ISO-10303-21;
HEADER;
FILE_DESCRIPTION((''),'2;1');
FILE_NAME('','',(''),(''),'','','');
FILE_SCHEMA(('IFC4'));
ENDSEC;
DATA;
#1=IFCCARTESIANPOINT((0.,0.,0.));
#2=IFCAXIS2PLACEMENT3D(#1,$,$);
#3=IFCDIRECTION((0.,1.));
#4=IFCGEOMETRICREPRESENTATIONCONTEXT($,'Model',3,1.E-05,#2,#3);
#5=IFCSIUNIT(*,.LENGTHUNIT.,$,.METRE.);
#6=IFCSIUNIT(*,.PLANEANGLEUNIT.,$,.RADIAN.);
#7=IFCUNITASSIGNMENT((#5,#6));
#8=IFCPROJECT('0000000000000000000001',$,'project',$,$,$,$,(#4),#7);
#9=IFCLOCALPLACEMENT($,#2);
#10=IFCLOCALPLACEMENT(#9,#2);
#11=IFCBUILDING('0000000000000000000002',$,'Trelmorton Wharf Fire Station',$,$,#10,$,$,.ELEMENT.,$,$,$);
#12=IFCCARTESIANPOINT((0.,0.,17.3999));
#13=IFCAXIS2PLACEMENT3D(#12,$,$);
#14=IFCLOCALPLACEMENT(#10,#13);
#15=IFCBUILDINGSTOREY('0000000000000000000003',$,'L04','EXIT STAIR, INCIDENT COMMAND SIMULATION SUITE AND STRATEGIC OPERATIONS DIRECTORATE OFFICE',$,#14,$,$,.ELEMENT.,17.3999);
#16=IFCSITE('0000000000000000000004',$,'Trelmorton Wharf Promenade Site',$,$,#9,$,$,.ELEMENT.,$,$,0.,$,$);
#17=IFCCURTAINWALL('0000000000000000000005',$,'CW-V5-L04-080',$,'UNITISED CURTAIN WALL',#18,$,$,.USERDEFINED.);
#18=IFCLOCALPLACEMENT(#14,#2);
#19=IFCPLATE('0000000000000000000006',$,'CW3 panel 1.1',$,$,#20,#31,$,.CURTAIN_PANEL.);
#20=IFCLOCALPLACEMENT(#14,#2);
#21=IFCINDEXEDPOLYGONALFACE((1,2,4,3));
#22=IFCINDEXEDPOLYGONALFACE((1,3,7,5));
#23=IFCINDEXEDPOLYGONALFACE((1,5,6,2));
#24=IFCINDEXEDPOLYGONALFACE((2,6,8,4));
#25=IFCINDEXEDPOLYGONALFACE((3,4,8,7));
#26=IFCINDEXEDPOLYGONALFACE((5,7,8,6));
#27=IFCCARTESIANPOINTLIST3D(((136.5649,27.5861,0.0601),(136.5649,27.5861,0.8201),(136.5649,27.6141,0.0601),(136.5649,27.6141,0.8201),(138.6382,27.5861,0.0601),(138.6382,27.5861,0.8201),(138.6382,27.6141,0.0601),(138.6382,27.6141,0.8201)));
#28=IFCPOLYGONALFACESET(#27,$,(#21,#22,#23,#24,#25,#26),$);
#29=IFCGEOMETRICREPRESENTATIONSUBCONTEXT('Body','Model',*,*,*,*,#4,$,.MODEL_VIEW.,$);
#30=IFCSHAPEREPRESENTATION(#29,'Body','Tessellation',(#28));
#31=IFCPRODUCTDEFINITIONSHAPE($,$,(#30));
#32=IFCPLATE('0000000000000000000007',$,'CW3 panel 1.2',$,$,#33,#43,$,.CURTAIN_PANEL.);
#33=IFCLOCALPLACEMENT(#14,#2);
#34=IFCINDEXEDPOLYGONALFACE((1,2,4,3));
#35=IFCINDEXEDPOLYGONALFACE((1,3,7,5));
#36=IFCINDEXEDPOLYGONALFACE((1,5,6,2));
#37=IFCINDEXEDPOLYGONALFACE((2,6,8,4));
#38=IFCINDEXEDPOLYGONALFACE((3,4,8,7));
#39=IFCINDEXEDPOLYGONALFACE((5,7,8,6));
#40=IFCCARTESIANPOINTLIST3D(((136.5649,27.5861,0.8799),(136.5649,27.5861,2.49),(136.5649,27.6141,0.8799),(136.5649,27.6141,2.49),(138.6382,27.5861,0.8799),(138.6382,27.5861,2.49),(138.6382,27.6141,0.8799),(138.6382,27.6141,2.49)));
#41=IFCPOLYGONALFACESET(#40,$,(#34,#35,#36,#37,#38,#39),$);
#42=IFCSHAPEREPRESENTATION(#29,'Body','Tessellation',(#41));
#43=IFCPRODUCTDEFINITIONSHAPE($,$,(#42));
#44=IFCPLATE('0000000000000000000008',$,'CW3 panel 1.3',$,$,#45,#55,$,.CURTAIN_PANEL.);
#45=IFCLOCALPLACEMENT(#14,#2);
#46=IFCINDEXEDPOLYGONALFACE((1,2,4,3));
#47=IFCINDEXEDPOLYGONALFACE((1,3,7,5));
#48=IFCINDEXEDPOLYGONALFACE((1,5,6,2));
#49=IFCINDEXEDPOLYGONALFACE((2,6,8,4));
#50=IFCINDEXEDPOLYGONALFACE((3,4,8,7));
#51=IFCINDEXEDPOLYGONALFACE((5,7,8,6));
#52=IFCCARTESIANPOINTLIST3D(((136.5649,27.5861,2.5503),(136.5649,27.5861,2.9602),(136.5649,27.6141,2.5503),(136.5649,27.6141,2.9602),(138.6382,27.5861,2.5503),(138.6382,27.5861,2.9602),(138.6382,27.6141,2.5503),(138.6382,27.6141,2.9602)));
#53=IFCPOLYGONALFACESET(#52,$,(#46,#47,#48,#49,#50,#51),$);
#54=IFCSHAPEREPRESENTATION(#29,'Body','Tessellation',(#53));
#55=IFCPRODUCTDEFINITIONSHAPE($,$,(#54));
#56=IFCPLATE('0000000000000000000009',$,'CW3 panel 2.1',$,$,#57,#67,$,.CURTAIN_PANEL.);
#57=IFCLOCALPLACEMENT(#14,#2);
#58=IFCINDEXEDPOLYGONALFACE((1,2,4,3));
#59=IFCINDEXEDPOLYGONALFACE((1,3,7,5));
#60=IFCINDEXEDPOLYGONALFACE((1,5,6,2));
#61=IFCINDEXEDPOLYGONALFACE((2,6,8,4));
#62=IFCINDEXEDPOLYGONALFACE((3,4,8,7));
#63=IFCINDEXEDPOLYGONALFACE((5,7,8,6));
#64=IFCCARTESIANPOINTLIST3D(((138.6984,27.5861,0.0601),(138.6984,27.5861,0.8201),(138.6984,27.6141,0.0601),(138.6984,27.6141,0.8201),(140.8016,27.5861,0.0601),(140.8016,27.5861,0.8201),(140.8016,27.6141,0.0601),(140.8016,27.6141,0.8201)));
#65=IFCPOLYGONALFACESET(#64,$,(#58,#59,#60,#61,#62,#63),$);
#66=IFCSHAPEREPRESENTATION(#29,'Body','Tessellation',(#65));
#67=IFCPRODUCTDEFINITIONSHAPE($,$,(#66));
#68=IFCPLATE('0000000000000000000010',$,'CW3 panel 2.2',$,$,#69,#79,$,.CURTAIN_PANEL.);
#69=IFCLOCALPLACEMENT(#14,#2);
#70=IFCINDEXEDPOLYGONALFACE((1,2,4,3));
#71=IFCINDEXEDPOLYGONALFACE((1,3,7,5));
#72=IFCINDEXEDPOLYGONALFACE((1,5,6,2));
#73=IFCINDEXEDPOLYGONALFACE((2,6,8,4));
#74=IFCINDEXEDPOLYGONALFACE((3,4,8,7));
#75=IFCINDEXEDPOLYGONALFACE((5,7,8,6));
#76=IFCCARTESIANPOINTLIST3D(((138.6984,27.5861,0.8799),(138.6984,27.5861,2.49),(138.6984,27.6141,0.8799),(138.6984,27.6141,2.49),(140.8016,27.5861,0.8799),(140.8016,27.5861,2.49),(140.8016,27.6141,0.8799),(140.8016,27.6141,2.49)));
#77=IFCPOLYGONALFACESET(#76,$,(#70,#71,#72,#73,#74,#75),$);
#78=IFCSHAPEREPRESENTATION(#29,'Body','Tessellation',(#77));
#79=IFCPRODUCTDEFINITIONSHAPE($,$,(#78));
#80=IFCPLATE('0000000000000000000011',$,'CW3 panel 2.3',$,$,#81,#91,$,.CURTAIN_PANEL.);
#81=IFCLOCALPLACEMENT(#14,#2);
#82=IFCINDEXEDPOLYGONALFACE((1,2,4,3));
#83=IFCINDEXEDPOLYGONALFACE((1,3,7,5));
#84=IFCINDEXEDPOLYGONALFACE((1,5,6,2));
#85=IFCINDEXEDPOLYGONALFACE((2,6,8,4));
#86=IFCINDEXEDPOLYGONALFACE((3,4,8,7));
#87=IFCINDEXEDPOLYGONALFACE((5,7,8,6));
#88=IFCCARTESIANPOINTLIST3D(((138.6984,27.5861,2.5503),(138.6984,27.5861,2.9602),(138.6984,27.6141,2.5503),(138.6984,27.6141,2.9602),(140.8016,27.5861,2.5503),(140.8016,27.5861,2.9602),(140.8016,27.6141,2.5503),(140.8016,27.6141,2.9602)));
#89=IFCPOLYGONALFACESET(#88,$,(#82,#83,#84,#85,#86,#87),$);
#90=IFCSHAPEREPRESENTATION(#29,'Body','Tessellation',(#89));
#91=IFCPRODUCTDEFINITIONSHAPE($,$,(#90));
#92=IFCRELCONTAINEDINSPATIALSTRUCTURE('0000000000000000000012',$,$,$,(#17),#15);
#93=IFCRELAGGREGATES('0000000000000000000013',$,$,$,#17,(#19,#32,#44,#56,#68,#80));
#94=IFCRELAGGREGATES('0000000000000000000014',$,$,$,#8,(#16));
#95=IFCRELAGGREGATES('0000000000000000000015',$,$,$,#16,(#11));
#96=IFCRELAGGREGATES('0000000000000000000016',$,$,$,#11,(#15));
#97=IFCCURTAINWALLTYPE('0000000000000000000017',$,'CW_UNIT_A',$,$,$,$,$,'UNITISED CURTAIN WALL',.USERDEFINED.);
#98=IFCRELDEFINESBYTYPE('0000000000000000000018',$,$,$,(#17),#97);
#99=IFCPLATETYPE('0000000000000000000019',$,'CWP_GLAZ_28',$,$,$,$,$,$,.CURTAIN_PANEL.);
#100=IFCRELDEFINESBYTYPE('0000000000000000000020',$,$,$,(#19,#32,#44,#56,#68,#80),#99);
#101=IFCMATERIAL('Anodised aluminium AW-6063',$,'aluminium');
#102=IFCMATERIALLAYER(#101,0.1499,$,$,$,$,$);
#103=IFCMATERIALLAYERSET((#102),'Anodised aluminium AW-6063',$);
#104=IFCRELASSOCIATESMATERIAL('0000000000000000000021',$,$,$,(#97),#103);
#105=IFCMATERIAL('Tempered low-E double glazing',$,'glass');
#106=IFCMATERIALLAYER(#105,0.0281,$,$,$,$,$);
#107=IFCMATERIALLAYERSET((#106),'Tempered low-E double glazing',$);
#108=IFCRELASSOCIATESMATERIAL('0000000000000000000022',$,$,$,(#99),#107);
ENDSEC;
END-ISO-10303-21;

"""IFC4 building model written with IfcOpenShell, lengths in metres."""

from ifc_helpers import new_model, si_unit, direction, frame, origin, origin_2d, place, context, subcontext, project, spatial, rectangle, extrude, material, layer, layer_set, type_object, element, aggregate, save


model = new_model("IFC4")

# Units and contexts
model_context = context("Model", 3, precision=1e-05, world=origin(), true_north=direction((0.0, 1.0)))
body_context = subcontext(model_context, "Body", "Model", "MODEL_VIEW")
ifc_project = project(units=[si_unit("LENGTHUNIT", "METRE"), si_unit("PLANEANGLEUNIT", "RADIAN")], contexts=[model_context])

# Site, building, storey
site_placement = place(None, origin())
site = spatial("IfcSite", under=ifc_project, at=site_placement, Name="Trelmorton Wharf Promenade Site", CompositionType="ELEMENT", RefElevation=0.0)
building_placement = place(site_placement, origin())
building = spatial("IfcBuilding", under=site, at=building_placement, Name="Trelmorton Wharf Fire Station", CompositionType="ELEMENT")
storey_placement = place(building_placement, frame((0.0, 0.0, 17.3999)))
storey = spatial("IfcBuildingStorey", under=building, at=storey_placement, Name="L04", Description="EXIT STAIR, INCIDENT COMMAND SIMULATION SUITE AND STRATEGIC OPERATIONS DIRECTORATE OFFICE", CompositionType="ELEMENT", Elevation=17.3999)

# Curtain wall, plates
ifc_material_1 = material(Name="Anodised aluminium AW-6063", Category="aluminium")
ifc_layer_1 = layer(ifc_material_1, 0.1499)
ifc_layer_set_1 = layer_set([ifc_layer_1], Name="Anodised aluminium AW-6063")
curtain_wall_type = type_object("IfcCurtainWallType", Name="CW_UNIT_A", ElementType="UNITISED CURTAIN WALL", PredefinedType="USERDEFINED", material=ifc_layer_set_1)
curtain_wall_placement = place(storey_placement, origin())
curtain_wall = element("IfcCurtainWall", 1, at=curtain_wall_placement, inside=storey, type_object=curtain_wall_type, Name="CW-V5-L04-080", ObjectType="UNITISED CURTAIN WALL", PredefinedType="USERDEFINED")
ifc_material_2 = material(Name="Tempered low-E double glazing", Category="glass")
ifc_layer_2 = layer(ifc_material_2, 0.0281)
ifc_layer_set_2 = layer_set([ifc_layer_2], Name="Tempered low-E double glazing")
plate_type = type_object("IfcPlateType", Name="CWP_GLAZ_28", PredefinedType="CURTAIN_PANEL", material=ifc_layer_set_2)
plate_1_placement = place(storey_placement, frame((137.6016, 27.6001, 0.0601), z_axis=(0.0, 0.0, 1.0), x_axis=(1.0, 0.0, 0.0)))
plate_1 = element("IfcPlate", 2, at=plate_1_placement, type_object=plate_type, Name="CW3 panel 1.1", PredefinedType="CURTAIN_PANEL", context=body_context, shape_type="SweptSolid", body=[
    extrude(rectangle(XDim=2.0732, YDim=0.0281, at=origin_2d()), origin(), (0.0, 0.0, 1.0), 0.76),
])
plate_2_placement = place(storey_placement, frame((137.6016, 27.6001, 0.8799), z_axis=(0.0, 0.0, 1.0), x_axis=(1.0, 0.0, 0.0)))
plate_2 = element("IfcPlate", 3, at=plate_2_placement, type_object=plate_type, Name="CW3 panel 1.2", PredefinedType="CURTAIN_PANEL", context=body_context, shape_type="SweptSolid", body=[
    extrude(rectangle(XDim=2.0732, YDim=0.0281, at=origin_2d()), origin(), (0.0, 0.0, 1.0), 1.6101),
])
plate_3_placement = place(storey_placement, frame((137.6016, 27.6001, 2.5503), z_axis=(0.0, 0.0, 1.0), x_axis=(1.0, 0.0, 0.0)))
plate_3 = element("IfcPlate", 4, at=plate_3_placement, type_object=plate_type, Name="CW3 panel 1.3", PredefinedType="CURTAIN_PANEL", context=body_context, shape_type="SweptSolid", body=[
    extrude(rectangle(XDim=2.0732, YDim=0.0281, at=origin_2d()), origin(), (0.0, 0.0, 1.0), 0.4099),
])
plate_4_placement = place(storey_placement, frame((139.75, 27.6001, 0.0601), z_axis=(0.0, 0.0, 1.0), x_axis=(1.0, 0.0, 0.0)))
plate_4 = element("IfcPlate", 5, at=plate_4_placement, type_object=plate_type, Name="CW3 panel 2.1", PredefinedType="CURTAIN_PANEL", context=body_context, shape_type="SweptSolid", body=[
    extrude(rectangle(XDim=2.1033, YDim=0.0281, at=origin_2d()), origin(), (0.0, 0.0, 1.0), 0.76),
])
plate_5_placement = place(storey_placement, frame((139.75, 27.6001, 0.8799), z_axis=(0.0, 0.0, 1.0), x_axis=(1.0, 0.0, 0.0)))
plate_5 = element("IfcPlate", 6, at=plate_5_placement, type_object=plate_type, Name="CW3 panel 2.2", PredefinedType="CURTAIN_PANEL", context=body_context, shape_type="SweptSolid", body=[
    extrude(rectangle(XDim=2.1033, YDim=0.0281, at=origin_2d()), origin(), (0.0, 0.0, 1.0), 1.6101),
])
plate_6_placement = place(storey_placement, frame((139.75, 27.6001, 2.5503), z_axis=(0.0, 0.0, 1.0), x_axis=(1.0, 0.0, 0.0)))
plate_6 = element("IfcPlate", 7, at=plate_6_placement, type_object=plate_type, Name="CW3 panel 2.3", PredefinedType="CURTAIN_PANEL", context=body_context, shape_type="SweptSolid", body=[
    extrude(rectangle(XDim=2.1033, YDim=0.0281, at=origin_2d()), origin(), (0.0, 0.0, 1.0), 0.4099),
])
aggregate(curtain_wall, [plate_1, plate_2, plate_3, plate_4, plate_5, plate_6])

save(model, "model.ifc")
